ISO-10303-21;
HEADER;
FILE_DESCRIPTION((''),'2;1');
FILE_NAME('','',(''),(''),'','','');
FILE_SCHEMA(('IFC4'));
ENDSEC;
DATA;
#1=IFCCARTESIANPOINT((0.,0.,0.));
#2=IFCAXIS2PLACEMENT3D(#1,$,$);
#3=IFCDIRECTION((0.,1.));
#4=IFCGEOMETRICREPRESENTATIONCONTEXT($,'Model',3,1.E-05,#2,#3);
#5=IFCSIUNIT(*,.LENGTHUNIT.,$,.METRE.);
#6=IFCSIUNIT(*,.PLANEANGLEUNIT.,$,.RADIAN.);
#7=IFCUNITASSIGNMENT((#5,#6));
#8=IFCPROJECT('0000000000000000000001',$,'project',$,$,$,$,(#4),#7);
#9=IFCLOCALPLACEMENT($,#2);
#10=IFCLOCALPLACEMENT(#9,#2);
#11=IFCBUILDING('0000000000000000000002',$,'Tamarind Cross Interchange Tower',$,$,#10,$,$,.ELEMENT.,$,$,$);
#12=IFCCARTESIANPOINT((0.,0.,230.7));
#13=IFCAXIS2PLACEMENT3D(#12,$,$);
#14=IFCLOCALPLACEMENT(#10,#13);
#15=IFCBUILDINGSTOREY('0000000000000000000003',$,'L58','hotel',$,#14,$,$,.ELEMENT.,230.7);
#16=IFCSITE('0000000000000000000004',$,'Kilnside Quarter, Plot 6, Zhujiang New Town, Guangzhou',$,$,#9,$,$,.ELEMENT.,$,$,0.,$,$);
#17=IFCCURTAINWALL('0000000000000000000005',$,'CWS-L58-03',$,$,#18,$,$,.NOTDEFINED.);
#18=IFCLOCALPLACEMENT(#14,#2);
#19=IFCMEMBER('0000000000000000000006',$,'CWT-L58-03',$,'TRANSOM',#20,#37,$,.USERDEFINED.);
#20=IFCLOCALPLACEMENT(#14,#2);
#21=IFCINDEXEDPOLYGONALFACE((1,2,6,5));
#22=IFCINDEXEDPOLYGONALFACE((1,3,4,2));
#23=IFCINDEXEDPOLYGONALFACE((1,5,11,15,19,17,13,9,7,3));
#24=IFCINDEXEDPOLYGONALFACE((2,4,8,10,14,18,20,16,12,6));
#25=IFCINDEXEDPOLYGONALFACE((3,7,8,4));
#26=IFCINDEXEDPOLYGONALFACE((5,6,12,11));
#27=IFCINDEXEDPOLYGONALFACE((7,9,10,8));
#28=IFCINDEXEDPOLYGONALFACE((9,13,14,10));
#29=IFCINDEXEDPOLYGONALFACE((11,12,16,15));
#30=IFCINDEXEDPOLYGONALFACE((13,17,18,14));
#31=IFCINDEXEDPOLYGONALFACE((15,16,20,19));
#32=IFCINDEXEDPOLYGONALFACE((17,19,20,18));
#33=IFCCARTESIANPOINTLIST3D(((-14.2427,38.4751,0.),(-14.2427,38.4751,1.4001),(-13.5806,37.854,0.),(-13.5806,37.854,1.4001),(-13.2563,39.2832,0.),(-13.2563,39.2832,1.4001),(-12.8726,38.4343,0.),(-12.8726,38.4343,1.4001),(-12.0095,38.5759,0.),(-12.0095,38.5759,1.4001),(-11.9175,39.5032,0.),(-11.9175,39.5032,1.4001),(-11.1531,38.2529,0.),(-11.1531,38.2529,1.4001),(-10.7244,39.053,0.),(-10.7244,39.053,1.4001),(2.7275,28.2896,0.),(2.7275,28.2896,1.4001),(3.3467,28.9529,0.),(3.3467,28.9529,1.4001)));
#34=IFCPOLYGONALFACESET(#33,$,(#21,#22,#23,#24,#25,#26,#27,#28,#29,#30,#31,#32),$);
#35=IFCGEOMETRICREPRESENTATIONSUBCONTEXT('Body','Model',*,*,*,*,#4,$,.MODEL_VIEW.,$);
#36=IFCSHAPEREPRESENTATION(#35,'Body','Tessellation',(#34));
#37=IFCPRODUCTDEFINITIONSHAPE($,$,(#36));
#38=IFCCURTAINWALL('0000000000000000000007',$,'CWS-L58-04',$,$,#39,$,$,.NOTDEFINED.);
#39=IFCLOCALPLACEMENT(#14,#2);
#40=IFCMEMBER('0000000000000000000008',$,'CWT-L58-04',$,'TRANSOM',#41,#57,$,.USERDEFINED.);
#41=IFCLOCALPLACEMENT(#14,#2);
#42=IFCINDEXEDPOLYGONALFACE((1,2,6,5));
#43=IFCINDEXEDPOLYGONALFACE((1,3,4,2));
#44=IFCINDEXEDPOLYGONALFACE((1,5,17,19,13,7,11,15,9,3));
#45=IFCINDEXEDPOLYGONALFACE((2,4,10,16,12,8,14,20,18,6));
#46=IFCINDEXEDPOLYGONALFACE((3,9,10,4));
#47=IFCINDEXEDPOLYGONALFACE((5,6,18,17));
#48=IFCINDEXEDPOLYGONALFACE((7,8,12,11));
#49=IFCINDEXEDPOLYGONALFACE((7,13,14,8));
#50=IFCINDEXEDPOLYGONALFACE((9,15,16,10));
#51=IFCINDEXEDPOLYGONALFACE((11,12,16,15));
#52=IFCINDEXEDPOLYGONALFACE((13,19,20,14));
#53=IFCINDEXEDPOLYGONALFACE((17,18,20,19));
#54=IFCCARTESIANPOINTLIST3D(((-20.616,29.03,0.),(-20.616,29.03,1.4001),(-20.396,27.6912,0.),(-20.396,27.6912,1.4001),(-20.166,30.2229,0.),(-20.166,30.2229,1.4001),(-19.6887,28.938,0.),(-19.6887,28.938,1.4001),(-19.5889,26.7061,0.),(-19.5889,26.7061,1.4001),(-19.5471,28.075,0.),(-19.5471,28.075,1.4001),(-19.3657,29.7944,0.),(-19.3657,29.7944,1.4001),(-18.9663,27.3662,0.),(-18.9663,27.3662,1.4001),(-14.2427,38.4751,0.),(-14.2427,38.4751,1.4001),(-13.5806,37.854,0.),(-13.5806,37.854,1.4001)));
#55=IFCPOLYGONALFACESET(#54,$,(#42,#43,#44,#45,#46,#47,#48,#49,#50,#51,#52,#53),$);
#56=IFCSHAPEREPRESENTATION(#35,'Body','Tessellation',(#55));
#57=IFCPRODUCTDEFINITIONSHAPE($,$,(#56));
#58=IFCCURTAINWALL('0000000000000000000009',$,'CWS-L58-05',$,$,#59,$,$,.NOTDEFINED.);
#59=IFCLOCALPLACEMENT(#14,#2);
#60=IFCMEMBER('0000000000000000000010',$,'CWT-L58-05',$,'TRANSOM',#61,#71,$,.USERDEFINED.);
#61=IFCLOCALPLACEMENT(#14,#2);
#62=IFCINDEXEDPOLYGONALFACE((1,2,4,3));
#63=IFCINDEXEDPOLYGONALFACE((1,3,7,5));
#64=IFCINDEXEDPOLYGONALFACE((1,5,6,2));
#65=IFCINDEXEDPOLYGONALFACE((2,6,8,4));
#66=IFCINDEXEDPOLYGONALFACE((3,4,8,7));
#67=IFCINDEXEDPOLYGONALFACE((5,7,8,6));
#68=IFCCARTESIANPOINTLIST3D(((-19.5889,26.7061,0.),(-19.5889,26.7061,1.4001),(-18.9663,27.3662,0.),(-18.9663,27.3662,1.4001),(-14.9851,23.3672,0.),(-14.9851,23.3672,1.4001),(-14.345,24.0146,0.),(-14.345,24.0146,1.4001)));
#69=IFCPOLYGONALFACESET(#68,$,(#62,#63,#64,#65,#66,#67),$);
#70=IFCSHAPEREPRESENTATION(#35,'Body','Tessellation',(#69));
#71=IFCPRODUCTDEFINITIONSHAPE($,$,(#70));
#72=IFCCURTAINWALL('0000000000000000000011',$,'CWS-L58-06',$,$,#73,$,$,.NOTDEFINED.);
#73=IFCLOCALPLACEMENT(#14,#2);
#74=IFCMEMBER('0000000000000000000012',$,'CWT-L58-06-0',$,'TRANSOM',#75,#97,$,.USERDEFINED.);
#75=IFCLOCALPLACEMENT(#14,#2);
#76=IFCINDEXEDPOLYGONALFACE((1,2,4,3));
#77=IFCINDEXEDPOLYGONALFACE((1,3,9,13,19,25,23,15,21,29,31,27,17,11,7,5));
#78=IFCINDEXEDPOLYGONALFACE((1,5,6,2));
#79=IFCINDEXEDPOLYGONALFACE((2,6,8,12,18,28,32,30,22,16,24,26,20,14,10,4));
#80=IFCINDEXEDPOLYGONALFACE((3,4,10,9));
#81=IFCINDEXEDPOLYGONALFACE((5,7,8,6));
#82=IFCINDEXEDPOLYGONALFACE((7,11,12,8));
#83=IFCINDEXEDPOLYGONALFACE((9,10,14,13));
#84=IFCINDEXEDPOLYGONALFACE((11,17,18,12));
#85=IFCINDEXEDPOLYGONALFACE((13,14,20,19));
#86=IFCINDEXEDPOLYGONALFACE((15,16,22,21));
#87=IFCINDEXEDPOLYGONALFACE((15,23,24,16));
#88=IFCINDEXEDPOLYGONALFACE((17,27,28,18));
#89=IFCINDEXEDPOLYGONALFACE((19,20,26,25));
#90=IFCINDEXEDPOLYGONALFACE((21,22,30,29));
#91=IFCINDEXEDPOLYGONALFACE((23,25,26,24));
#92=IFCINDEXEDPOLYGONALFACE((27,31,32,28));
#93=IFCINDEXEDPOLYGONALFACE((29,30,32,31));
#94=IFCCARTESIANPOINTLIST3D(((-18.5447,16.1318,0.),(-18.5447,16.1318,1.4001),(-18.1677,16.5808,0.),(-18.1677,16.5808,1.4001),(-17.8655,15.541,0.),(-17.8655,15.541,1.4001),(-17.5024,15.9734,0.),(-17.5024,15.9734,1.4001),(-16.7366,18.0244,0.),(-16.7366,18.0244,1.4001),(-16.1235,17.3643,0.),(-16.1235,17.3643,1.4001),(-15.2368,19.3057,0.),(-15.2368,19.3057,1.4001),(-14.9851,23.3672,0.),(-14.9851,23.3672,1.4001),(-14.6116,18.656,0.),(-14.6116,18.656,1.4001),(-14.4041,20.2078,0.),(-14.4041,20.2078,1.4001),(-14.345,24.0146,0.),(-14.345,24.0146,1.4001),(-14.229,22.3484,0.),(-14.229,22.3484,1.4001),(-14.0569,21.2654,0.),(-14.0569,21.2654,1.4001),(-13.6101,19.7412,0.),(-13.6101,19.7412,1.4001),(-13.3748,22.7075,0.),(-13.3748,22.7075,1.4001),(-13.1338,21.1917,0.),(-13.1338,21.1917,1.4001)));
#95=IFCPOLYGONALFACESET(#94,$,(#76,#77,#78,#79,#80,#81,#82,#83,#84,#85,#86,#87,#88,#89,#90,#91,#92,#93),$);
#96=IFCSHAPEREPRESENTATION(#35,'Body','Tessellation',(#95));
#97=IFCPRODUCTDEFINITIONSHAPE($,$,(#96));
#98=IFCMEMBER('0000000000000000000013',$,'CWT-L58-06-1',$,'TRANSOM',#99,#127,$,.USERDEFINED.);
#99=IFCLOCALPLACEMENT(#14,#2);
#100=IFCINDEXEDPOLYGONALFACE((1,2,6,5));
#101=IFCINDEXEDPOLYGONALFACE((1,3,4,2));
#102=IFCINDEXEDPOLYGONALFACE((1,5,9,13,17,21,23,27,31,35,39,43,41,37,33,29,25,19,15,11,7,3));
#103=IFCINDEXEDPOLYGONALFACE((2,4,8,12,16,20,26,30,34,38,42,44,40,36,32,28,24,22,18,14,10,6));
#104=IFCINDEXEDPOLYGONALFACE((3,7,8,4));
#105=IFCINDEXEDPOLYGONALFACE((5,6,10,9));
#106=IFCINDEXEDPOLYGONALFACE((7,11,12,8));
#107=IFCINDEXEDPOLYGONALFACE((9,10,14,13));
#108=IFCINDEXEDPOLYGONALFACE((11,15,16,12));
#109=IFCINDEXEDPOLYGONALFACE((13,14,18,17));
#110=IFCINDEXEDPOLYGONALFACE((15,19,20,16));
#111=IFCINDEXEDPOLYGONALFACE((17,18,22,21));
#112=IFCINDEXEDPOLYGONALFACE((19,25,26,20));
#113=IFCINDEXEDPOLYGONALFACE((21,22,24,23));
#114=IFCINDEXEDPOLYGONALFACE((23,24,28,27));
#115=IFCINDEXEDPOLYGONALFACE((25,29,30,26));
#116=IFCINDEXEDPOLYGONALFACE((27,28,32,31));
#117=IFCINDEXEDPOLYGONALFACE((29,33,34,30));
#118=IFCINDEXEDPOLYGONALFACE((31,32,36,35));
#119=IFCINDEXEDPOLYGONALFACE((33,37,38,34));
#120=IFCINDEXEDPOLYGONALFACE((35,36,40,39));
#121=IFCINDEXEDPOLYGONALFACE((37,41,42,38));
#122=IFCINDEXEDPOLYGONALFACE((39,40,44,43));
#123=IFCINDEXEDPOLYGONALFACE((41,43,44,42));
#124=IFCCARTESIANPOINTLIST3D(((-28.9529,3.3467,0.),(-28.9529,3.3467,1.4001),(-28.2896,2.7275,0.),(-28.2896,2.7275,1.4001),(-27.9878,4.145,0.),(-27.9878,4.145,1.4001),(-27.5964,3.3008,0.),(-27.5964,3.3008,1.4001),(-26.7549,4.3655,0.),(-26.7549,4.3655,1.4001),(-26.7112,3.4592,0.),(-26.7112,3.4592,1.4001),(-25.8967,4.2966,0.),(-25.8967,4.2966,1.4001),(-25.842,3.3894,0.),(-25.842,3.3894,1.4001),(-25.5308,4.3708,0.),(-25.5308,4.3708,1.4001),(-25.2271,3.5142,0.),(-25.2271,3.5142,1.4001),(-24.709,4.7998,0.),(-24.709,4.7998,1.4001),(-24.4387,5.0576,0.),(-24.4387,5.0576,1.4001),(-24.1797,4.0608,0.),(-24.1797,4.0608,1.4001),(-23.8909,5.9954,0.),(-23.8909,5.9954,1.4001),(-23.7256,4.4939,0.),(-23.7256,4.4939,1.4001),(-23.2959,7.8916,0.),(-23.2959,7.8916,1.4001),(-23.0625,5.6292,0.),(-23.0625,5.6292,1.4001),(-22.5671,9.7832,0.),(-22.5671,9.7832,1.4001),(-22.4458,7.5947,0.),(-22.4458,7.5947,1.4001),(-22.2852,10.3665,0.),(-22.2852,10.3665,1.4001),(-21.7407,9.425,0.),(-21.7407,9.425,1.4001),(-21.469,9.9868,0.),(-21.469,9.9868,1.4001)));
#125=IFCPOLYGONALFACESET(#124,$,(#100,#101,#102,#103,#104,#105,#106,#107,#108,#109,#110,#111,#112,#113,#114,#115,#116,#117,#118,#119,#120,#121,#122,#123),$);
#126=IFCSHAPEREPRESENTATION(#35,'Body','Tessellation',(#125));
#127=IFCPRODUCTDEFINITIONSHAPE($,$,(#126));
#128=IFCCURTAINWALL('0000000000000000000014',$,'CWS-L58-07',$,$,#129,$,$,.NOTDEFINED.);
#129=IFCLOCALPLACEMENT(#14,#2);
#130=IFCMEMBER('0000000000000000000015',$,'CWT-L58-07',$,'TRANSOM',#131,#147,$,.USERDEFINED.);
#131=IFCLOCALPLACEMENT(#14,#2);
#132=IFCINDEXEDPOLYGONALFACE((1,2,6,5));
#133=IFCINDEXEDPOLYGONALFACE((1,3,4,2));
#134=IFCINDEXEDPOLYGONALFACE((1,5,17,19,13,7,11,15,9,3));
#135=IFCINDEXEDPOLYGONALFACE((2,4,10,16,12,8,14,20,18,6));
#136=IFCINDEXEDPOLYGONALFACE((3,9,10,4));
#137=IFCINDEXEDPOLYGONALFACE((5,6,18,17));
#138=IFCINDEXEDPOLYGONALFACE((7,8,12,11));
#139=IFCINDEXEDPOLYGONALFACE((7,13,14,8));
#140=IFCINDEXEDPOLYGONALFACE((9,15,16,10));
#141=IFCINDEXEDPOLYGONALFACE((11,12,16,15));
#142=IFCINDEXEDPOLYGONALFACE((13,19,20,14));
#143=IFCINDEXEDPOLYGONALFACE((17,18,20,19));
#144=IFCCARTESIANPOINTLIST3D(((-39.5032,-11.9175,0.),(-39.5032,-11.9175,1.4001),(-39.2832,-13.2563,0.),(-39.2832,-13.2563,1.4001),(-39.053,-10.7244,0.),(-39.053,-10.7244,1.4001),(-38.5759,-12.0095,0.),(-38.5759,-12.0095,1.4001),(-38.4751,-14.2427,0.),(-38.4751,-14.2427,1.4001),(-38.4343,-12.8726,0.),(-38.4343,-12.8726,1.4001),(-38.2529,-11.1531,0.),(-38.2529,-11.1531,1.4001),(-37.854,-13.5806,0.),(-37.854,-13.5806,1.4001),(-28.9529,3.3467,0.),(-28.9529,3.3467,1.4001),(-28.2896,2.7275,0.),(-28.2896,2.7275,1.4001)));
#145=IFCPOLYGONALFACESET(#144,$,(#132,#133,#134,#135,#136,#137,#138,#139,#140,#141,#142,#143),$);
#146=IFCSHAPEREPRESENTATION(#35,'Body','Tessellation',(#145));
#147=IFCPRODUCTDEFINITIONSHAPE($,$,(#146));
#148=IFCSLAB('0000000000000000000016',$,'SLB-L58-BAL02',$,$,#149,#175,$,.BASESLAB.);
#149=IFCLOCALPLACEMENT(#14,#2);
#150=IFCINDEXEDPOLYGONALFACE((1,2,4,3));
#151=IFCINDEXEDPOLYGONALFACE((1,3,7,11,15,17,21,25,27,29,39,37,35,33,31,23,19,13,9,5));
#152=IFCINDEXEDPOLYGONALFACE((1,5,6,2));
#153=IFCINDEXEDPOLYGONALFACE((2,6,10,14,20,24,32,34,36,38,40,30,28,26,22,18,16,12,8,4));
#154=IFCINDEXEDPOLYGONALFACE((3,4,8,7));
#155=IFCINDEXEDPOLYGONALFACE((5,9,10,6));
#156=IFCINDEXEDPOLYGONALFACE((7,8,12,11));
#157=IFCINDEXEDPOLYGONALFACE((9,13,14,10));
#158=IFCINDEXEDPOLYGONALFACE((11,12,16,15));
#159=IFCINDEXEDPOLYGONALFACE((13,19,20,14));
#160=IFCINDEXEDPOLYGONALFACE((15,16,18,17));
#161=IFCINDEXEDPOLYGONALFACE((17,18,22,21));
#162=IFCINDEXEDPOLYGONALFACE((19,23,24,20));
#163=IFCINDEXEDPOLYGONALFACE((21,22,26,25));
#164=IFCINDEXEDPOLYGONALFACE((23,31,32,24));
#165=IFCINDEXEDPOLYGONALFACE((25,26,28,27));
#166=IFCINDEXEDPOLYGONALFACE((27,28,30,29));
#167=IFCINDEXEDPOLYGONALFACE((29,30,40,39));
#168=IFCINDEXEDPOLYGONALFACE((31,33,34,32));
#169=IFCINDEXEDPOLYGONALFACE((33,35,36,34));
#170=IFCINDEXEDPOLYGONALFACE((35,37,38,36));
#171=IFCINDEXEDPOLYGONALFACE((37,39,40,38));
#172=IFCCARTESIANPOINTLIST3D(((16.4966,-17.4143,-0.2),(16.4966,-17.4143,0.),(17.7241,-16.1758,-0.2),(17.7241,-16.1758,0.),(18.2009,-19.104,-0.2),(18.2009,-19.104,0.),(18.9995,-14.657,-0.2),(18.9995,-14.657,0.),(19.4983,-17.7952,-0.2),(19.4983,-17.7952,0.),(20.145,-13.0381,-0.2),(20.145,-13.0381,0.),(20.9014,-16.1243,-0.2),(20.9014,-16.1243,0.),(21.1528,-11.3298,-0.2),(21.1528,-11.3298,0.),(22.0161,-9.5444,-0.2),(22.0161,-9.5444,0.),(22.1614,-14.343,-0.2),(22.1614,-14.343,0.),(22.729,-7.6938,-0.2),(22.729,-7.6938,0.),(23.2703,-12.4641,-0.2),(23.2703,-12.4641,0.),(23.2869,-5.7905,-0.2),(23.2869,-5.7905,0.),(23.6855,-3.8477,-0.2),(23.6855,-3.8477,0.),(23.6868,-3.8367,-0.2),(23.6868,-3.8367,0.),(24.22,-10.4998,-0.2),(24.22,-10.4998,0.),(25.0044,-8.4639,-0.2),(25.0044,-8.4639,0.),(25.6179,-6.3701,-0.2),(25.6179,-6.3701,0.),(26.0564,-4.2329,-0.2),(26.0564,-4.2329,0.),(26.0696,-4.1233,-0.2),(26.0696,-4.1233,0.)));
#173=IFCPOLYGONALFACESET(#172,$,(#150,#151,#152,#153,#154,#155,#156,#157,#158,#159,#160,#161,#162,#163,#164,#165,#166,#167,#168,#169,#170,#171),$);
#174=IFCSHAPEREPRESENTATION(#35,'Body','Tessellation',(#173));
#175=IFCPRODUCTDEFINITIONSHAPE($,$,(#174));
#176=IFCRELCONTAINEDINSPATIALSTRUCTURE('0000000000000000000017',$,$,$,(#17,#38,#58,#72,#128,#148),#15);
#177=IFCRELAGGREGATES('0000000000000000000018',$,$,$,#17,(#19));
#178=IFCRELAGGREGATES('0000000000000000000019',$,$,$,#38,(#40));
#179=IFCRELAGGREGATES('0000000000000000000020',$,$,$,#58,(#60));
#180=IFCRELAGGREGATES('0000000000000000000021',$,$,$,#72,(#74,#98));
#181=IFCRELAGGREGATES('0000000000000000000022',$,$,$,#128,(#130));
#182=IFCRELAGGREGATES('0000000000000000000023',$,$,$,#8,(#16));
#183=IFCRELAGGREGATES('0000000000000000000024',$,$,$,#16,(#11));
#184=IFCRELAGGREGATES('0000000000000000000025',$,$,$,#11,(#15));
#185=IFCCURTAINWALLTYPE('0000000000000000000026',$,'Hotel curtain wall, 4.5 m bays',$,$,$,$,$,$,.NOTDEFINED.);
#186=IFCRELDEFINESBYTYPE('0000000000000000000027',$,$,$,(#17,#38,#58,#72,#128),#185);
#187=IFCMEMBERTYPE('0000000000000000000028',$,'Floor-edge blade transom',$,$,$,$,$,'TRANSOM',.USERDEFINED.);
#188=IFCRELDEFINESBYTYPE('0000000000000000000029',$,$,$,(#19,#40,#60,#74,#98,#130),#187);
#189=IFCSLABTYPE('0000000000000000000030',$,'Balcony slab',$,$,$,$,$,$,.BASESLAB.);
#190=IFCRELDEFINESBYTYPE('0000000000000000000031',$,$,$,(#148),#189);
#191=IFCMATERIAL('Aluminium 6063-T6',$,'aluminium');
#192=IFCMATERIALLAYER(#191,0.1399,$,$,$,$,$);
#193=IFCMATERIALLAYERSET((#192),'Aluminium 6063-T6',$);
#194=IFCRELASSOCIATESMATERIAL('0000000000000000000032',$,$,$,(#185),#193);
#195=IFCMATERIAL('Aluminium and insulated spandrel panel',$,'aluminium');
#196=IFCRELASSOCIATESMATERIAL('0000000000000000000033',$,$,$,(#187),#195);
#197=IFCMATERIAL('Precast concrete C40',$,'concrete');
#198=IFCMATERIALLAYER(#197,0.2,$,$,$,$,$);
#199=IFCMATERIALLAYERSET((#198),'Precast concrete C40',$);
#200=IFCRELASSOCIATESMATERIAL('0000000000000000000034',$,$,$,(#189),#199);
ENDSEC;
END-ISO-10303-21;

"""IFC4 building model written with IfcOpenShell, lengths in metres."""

from ifc_helpers import new_model, si_unit, direction, frame, origin, place, context, subcontext, project, spatial, polyline, outline, extrude, material, layer, layer_set, type_object, element, aggregate, save


model = new_model("IFC4")

# Units and contexts
model_context = context("Model", 3, precision=1e-05, world=origin(), true_north=direction((0.0, 1.0)))
body_context = subcontext(model_context, "Body", "Model", "MODEL_VIEW")
ifc_project = project(units=[si_unit("LENGTHUNIT", "METRE"), si_unit("PLANEANGLEUNIT", "RADIAN")], contexts=[model_context])

# Site, building, storey
site_placement = place(None, origin())
site = spatial("IfcSite", under=ifc_project, at=site_placement, Name="Kilnside Quarter, Plot 6, Zhujiang New Town, Guangzhou", CompositionType="ELEMENT", RefElevation=0.0)
building_placement = place(site_placement, origin())
building = spatial("IfcBuilding", under=site, at=building_placement, Name="Tamarind Cross Interchange Tower", CompositionType="ELEMENT")
storey_placement = place(building_placement, frame((0.0, 0.0, 230.7)))
storey = spatial("IfcBuildingStorey", under=building, at=storey_placement, Name="L58", Description="hotel", CompositionType="ELEMENT", Elevation=230.7)

# Curtain walls, members
ifc_material_1 = material(Name="Aluminium 6063-T6", Category="aluminium")
ifc_layer_1 = layer(ifc_material_1, 0.1399)
ifc_layer_set_1 = layer_set([ifc_layer_1], Name="Aluminium 6063-T6")
curtain_wall_type = type_object("IfcCurtainWallType", Name="Hotel curtain wall, 4.5 m bays", PredefinedType="NOTDEFINED", material=ifc_layer_set_1)
curtain_wall_1_placement = place(storey_placement, origin())
curtain_wall_1 = element("IfcCurtainWall", 1, at=curtain_wall_1_placement, inside=storey, type_object=curtain_wall_type, Name="CWS-L58-03", PredefinedType="NOTDEFINED")
ifc_material_2 = material(Name="Aluminium and insulated spandrel panel", Category="aluminium")
member_type = type_object("IfcMemberType", Name="Floor-edge blade transom", ElementType="TRANSOM", PredefinedType="USERDEFINED", material=ifc_material_2)
member_1_placement = place(storey_placement, origin())
member_1 = element("IfcMember", 2, at=member_1_placement, type_object=member_type, Name="CWT-L58-03", ObjectType="TRANSOM", PredefinedType="USERDEFINED", context=body_context, shape_type="SweptSolid", body=[
    extrude(outline(polyline([(2.7275, 28.2896), (-11.1531, 38.2529), (-12.0095, 38.5759), (-12.8726, 38.4343), (-13.5806, 37.854), (-14.2427, 38.4751), (-13.2563, 39.2832), (-11.9175, 39.5032), (-10.7244, 39.053), (3.3467, 28.9529), (2.7275, 28.2896)])), origin(), (0.0, 0.0, 1.0), 1.4001),
])
aggregate(curtain_wall_1, [member_1])
curtain_wall_2_placement = place(storey_placement, origin())
curtain_wall_2 = element("IfcCurtainWall", 3, at=curtain_wall_2_placement, inside=storey, type_object=curtain_wall_type, Name="CWS-L58-04", PredefinedType="NOTDEFINED")
member_2_placement = place(storey_placement, origin())
member_2 = element("IfcMember", 4, at=member_2_placement, type_object=member_type, Name="CWT-L58-04", ObjectType="TRANSOM", PredefinedType="USERDEFINED", context=body_context, shape_type="SweptSolid", body=[
    extrude(outline(polyline([(-13.5806, 37.854), (-19.3657, 29.7944), (-19.6887, 28.938), (-19.5471, 28.075), (-18.9663, 27.3662), (-19.5889, 26.7061), (-20.396, 27.6912), (-20.616, 29.03), (-20.166, 30.2229), (-14.2427, 38.4751), (-13.5806, 37.854)])), origin(), (0.0, 0.0, 1.0), 1.4001),
])
aggregate(curtain_wall_2, [member_2])
curtain_wall_3_placement = place(storey_placement, origin())
curtain_wall_3 = element("IfcCurtainWall", 5, at=curtain_wall_3_placement, inside=storey, type_object=curtain_wall_type, Name="CWS-L58-05", PredefinedType="NOTDEFINED")
member_3_placement = place(storey_placement, origin())
member_3 = element("IfcMember", 6, at=member_3_placement, type_object=member_type, Name="CWT-L58-05", ObjectType="TRANSOM", PredefinedType="USERDEFINED", context=body_context, shape_type="SweptSolid", body=[
    extrude(outline(polyline([(-18.9663, 27.3662), (-14.345, 24.0146), (-14.9851, 23.3672), (-19.5889, 26.7061), (-18.9663, 27.3662)])), origin(), (0.0, 0.0, 1.0), 1.4001),
])
aggregate(curtain_wall_3, [member_3])

# Curtain wall, members
curtain_wall_4_placement = place(storey_placement, origin())
curtain_wall_4 = element("IfcCurtainWall", 7, at=curtain_wall_4_placement, inside=storey, type_object=curtain_wall_type, Name="CWS-L58-06", PredefinedType="NOTDEFINED")
member_4_placement = place(storey_placement, origin())
member_4 = element("IfcMember", 8, at=member_4_placement, type_object=member_type, Name="CWT-L58-06-0", ObjectType="TRANSOM", PredefinedType="USERDEFINED", context=body_context, shape_type="SweptSolid", body=[
    extrude(outline(polyline([(-14.345, 24.0146), (-13.3748, 22.7075), (-13.1338, 21.1917), (-13.6101, 19.7412), (-14.6116, 18.656), (-16.1235, 17.3643), (-17.5024, 15.9734), (-17.8655, 15.541), (-18.5447, 16.1318), (-18.1677, 16.5808), (-16.7366, 18.0244), (-15.2368, 19.3057), (-14.4041, 20.2078), (-14.0569, 21.2654), (-14.229, 22.3484), (-14.9851, 23.3672), (-14.345, 24.0146)])), origin(), (0.0, 0.0, 1.0), 1.4001),
])
member_5_placement = place(storey_placement, origin())
member_5 = element("IfcMember", 9, at=member_5_placement, type_object=member_type, Name="CWT-L58-06-1", ObjectType="TRANSOM", PredefinedType="USERDEFINED", context=body_context, shape_type="SweptSolid", body=[
    extrude(outline(polyline([(-21.469, 9.9868), (-21.7407, 9.425), (-22.4458, 7.5947), (-23.0625, 5.6292), (-23.7256, 4.4939), (-24.1797, 4.0608), (-25.2271, 3.5142), (-25.842, 3.3894), (-26.7112, 3.4592), (-27.5964, 3.3008), (-28.2896, 2.7275), (-28.9529, 3.3467), (-27.9878, 4.145), (-26.7549, 4.3655), (-25.8967, 4.2966), (-25.5308, 4.3708), (-24.709, 4.7998), (-24.4387, 5.0576), (-23.8909, 5.9954), (-23.2959, 7.8916), (-22.5671, 9.7832), (-22.2852, 10.3665), (-21.469, 9.9868)])), origin(), (0.0, 0.0, 1.0), 1.4001),
])
aggregate(curtain_wall_4, [member_4, member_5])

# Curtain wall, member
curtain_wall_5_placement = place(storey_placement, origin())
curtain_wall_5 = element("IfcCurtainWall", 10, at=curtain_wall_5_placement, inside=storey, type_object=curtain_wall_type, Name="CWS-L58-07", PredefinedType="NOTDEFINED")
member_6_placement = place(storey_placement, origin())
member_6 = element("IfcMember", 11, at=member_6_placement, type_object=member_type, Name="CWT-L58-07", ObjectType="TRANSOM", PredefinedType="USERDEFINED", context=body_context, shape_type="SweptSolid", body=[
    extrude(outline(polyline([(-28.2896, 2.7275), (-38.2529, -11.1531), (-38.5759, -12.0095), (-38.4343, -12.8726), (-37.854, -13.5806), (-38.4751, -14.2427), (-39.2832, -13.2563), (-39.5032, -11.9175), (-39.053, -10.7244), (-28.9529, 3.3467), (-28.2896, 2.7275)])), origin(), (0.0, 0.0, 1.0), 1.4001),
])
aggregate(curtain_wall_5, [member_6])

# Slab
ifc_material_3 = material(Name="Precast concrete C40", Category="concrete")
ifc_layer_2 = layer(ifc_material_3, 0.2)
ifc_layer_set_2 = layer_set([ifc_layer_2], Name="Precast concrete C40")
slab_type = type_object("IfcSlabType", Name="Balcony slab", PredefinedType="BASESLAB", material=ifc_layer_set_2)
slab_1_placement = place(storey_placement, frame((0.0, 0.0, -0.2)))
element("IfcSlab", 12, at=slab_1_placement, inside=storey, type_object=slab_type, Name="SLB-L58-BAL02", PredefinedType="BASESLAB", context=body_context, shape_type="SweptSolid", body=[
    extrude(outline(polyline([(16.4966, -17.4143), (17.7241, -16.1758), (18.9995, -14.657), (20.145, -13.0381), (21.1528, -11.3298), (22.0161, -9.5444), (22.729, -7.6938), (23.2869, -5.7905), (23.6855, -3.8477), (23.6868, -3.8367), (26.0696, -4.1233), (26.0564, -4.2329), (25.6179, -6.3701), (25.0044, -8.4639), (24.22, -10.4998), (23.2703, -12.4641), (22.1614, -14.343), (20.9014, -16.1243), (19.4983, -17.7952), (18.2009, -19.104), (16.4966, -17.4143)])), origin(), (0.0, 0.0, 1.0), 0.2),
])

save(model, "model.ifc")
